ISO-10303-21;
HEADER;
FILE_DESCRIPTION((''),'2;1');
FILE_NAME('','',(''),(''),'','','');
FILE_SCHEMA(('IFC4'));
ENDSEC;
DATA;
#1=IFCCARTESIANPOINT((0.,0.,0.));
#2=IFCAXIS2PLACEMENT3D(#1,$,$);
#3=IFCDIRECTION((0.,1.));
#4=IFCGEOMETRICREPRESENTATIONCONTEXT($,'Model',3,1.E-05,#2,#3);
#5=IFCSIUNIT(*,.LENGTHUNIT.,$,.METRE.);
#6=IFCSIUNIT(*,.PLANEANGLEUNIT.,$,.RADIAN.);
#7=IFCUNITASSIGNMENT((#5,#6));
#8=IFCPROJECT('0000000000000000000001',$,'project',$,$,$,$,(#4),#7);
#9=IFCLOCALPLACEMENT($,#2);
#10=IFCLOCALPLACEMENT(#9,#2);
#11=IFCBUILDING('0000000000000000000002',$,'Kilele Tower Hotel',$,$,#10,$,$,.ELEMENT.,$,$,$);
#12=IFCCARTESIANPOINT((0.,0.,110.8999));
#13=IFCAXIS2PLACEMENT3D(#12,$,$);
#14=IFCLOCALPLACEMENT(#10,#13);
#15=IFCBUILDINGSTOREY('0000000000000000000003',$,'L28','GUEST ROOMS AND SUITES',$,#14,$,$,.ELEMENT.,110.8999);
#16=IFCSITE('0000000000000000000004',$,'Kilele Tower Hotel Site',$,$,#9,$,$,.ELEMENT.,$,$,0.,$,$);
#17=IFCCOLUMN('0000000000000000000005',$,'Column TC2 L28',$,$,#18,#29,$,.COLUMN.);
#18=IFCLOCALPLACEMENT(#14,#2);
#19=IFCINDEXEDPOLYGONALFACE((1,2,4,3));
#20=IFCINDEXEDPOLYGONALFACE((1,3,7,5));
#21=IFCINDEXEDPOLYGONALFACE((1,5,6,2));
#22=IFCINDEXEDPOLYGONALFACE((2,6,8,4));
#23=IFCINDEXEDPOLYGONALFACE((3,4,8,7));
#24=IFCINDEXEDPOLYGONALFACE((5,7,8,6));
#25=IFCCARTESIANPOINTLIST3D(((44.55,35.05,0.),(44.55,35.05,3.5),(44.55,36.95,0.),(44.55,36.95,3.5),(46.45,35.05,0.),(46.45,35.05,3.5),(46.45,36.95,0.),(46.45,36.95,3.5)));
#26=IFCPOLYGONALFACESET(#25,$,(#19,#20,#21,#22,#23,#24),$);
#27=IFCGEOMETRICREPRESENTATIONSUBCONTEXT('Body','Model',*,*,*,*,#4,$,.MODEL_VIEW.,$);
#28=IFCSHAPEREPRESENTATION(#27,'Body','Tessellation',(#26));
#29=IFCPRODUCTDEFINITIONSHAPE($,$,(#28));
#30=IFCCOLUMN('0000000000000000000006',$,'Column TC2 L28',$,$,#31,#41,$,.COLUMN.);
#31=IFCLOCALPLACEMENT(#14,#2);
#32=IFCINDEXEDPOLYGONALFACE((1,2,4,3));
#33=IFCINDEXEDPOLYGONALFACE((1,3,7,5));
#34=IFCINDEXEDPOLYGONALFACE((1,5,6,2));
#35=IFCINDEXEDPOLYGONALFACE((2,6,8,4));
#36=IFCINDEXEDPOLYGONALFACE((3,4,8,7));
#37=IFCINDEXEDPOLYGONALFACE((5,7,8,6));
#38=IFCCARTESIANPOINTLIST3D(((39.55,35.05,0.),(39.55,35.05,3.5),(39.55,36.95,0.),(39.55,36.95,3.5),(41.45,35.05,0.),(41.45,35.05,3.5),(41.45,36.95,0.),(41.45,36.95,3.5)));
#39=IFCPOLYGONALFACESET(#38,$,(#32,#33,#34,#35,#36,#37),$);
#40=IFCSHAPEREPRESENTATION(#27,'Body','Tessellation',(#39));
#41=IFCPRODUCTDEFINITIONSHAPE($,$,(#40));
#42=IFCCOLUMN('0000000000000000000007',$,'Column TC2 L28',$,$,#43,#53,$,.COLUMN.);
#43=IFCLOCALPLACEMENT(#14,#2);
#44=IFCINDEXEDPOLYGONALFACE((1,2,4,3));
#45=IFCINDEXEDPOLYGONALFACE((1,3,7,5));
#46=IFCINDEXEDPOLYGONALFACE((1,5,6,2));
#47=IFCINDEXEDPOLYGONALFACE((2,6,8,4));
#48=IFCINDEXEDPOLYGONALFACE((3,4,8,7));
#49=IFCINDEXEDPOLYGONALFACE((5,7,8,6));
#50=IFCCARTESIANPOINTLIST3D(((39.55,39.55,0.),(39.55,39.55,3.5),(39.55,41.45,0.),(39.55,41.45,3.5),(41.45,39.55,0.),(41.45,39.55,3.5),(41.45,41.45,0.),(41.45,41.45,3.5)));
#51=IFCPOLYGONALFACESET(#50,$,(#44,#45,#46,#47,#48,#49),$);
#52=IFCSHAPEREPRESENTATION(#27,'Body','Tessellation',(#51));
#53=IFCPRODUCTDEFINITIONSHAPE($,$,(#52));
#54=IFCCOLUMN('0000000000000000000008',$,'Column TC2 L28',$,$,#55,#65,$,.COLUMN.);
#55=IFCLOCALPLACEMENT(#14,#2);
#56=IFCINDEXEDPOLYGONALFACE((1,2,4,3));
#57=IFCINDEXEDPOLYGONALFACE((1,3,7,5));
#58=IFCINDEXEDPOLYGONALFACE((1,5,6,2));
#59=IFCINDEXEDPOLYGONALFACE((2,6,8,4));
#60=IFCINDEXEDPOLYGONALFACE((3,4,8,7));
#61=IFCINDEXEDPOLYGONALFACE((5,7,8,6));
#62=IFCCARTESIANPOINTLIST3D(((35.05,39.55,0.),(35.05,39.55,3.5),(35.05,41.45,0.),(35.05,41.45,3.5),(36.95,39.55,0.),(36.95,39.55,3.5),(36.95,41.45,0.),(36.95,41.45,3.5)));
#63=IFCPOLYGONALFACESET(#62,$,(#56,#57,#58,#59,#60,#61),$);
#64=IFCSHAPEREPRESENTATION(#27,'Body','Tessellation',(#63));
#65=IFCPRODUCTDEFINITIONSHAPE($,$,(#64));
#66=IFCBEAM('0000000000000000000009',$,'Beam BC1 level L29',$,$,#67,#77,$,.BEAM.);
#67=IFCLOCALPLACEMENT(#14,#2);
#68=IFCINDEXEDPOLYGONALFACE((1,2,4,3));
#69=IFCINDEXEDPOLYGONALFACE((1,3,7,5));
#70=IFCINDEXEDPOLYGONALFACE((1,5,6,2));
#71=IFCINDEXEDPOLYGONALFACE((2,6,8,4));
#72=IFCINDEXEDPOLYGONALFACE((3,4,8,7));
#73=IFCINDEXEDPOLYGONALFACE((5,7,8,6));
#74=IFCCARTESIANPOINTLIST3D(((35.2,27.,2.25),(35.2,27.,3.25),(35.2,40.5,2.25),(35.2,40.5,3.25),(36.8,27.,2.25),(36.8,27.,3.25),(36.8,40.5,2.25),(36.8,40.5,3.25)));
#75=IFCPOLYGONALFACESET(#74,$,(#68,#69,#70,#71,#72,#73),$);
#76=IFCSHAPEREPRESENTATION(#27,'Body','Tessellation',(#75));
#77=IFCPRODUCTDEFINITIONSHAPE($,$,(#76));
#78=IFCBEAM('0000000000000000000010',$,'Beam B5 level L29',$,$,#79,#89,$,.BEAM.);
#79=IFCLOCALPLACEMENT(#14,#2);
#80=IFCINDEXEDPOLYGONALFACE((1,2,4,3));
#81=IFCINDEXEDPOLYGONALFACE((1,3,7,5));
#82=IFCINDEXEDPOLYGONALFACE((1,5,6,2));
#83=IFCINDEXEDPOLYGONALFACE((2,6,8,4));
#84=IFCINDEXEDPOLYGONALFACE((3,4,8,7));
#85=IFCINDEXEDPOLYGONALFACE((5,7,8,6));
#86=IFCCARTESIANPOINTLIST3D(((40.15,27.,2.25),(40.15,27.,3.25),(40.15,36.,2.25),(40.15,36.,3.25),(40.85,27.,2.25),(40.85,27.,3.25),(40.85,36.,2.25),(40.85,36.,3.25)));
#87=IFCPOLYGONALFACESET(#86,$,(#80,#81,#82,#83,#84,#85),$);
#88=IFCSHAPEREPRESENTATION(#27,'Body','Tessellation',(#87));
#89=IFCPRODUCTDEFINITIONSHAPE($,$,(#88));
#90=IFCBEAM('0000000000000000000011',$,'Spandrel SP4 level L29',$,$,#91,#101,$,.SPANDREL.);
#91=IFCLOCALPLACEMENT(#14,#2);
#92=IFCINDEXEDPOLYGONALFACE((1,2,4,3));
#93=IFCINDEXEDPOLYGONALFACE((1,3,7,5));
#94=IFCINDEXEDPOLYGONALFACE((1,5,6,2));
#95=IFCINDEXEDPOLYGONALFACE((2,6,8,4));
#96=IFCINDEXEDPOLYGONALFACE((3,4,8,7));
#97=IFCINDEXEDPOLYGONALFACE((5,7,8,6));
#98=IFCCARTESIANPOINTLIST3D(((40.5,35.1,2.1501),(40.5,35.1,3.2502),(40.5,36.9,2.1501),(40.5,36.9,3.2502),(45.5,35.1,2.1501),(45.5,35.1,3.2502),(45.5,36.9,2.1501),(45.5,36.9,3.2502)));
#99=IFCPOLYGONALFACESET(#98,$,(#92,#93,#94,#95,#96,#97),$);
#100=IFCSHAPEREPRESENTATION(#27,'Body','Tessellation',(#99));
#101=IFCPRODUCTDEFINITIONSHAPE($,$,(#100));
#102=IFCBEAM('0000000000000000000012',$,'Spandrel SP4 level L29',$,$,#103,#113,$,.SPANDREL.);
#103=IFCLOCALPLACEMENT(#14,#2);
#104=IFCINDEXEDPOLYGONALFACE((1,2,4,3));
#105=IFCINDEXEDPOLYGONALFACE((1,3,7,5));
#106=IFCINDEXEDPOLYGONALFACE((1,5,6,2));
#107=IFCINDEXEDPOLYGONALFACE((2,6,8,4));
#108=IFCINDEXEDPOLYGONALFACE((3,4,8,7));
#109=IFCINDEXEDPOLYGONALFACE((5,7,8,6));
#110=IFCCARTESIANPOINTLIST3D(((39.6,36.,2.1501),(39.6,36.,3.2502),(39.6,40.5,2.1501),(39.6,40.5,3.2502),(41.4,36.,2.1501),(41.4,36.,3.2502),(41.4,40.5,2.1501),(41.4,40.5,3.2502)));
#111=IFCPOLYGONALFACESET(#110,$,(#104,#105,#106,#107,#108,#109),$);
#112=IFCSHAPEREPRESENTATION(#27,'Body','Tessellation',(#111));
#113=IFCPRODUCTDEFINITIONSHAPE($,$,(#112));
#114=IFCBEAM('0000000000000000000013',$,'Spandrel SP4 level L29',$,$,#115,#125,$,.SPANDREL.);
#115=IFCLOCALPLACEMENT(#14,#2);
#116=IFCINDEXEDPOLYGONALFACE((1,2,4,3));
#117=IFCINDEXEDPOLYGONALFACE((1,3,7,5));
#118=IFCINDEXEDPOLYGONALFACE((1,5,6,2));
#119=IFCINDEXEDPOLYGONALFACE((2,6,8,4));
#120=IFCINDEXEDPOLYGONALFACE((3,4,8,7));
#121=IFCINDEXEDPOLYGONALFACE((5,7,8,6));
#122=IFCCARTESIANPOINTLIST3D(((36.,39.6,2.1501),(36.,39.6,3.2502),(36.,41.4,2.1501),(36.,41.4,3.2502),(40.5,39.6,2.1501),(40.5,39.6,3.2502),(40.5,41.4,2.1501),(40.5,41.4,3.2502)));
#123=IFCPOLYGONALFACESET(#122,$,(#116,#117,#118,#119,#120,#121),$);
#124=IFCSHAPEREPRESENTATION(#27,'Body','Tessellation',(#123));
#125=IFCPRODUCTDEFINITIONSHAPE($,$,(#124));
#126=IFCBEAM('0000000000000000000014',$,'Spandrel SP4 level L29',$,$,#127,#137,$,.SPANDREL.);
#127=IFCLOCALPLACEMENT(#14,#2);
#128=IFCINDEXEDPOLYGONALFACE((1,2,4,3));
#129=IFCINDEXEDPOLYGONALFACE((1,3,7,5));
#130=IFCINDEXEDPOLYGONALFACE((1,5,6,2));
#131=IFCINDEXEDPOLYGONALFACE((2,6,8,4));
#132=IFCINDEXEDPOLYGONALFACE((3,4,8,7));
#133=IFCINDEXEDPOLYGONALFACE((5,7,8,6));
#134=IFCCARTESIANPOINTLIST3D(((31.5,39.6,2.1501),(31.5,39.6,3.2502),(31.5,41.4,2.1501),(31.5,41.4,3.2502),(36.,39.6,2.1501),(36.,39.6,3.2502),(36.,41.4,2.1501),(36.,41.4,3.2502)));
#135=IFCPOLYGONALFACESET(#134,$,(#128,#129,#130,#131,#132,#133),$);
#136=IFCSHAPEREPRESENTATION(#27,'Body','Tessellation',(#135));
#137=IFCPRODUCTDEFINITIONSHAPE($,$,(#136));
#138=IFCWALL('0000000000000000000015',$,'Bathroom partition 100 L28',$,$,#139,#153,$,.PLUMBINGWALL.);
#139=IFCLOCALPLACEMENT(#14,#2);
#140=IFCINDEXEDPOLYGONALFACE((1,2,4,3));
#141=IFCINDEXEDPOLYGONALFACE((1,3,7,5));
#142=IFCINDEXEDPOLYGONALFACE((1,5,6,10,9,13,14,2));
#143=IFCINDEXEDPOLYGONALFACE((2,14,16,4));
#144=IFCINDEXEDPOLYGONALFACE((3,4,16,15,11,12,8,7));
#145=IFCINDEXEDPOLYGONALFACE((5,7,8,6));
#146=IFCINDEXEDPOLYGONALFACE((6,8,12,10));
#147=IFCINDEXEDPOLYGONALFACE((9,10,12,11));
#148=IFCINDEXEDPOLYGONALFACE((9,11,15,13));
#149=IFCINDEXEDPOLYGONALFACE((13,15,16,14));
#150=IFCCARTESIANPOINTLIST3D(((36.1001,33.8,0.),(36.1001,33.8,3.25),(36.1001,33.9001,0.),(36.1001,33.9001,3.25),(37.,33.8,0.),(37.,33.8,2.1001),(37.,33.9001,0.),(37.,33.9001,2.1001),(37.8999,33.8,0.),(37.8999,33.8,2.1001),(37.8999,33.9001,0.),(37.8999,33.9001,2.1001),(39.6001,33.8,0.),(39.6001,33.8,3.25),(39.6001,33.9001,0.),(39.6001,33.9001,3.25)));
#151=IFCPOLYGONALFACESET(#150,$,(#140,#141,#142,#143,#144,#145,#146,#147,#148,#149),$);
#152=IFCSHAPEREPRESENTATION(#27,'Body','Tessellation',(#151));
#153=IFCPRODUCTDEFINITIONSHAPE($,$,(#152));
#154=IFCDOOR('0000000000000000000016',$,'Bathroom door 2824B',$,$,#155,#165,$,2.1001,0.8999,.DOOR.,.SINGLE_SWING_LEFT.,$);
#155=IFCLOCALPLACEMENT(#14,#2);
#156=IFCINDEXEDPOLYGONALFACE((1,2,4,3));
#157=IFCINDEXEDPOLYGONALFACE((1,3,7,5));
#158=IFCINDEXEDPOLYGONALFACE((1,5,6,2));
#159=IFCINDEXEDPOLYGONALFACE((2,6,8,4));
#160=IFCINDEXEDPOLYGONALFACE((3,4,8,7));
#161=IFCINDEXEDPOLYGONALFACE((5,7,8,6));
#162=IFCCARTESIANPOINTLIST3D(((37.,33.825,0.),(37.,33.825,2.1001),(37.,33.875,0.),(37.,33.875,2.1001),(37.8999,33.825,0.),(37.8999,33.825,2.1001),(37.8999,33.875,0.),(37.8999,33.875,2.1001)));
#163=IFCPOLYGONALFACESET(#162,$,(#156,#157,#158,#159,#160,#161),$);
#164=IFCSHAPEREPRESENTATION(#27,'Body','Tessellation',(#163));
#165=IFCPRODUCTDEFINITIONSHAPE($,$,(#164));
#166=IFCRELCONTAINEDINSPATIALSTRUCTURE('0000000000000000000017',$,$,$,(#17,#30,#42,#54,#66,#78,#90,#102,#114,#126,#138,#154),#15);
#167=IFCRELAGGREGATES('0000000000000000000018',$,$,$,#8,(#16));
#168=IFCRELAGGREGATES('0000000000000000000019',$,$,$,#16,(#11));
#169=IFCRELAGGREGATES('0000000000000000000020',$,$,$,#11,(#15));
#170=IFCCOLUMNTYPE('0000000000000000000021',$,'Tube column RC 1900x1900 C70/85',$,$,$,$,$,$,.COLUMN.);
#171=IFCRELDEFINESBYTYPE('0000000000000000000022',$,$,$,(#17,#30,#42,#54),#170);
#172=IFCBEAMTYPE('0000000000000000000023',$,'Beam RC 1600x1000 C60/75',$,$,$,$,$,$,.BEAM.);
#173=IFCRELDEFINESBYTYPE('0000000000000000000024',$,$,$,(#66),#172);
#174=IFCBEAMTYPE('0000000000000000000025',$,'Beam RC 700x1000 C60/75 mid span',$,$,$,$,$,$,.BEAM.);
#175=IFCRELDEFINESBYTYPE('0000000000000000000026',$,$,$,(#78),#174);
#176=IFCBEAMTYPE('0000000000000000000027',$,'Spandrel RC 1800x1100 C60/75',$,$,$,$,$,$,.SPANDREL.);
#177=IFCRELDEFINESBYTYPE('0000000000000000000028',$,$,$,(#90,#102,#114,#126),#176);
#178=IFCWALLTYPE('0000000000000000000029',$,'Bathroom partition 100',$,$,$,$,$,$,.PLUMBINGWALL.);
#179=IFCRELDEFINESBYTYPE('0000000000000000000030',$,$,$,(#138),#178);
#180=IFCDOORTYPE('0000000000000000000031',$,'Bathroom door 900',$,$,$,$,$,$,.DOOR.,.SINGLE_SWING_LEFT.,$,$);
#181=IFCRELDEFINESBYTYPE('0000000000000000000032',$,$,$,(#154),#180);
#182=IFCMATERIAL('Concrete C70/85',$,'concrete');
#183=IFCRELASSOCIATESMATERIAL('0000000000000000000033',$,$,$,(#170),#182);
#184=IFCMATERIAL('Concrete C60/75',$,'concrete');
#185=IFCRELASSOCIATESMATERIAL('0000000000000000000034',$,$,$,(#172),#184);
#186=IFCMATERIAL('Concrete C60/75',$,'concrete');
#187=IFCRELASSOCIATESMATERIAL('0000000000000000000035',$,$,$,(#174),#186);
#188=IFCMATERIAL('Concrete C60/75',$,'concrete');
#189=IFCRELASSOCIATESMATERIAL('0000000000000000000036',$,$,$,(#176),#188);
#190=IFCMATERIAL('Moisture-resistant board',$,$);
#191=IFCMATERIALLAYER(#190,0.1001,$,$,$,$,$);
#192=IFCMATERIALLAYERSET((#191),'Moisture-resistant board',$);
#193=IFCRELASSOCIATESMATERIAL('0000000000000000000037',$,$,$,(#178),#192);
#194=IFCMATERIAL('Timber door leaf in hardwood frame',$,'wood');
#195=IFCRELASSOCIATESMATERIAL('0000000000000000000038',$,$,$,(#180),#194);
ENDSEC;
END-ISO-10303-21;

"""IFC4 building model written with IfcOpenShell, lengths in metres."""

from ifc_helpers import new_model, si_unit, direction, frame, frame_2d, origin, origin_2d, place, context, subcontext, project, spatial, rectangle, extrude, material, layer, layer_set, material_profile, profile_set, type_object, element, fill, save


model = new_model("IFC4")

# Units and contexts
model_context = context("Model", 3, precision=1e-05, world=origin(), true_north=direction((0.0, 1.0)))
body_context = subcontext(model_context, "Body", "Model", "MODEL_VIEW")
ifc_project = project(units=[si_unit("LENGTHUNIT", "METRE"), si_unit("PLANEANGLEUNIT", "RADIAN")], contexts=[model_context])

# Site, building, storey
site_placement = place(None, origin())
site = spatial("IfcSite", under=ifc_project, at=site_placement, Name="Kilele Tower Hotel Site", CompositionType="ELEMENT", RefElevation=0.0)
building_placement = place(site_placement, origin())
building = spatial("IfcBuilding", under=site, at=building_placement, Name="Kilele Tower Hotel", CompositionType="ELEMENT")
storey_placement = place(building_placement, frame((0.0, 0.0, 110.8999)))
storey = spatial("IfcBuildingStorey", under=building, at=storey_placement, Name="L28", Description="GUEST ROOMS AND SUITES", CompositionType="ELEMENT", Elevation=110.8999)

# Columns
ifc_material_1 = material(Name="Concrete C70/85", Category="concrete")
ifc_material_profile_1 = material_profile(ifc_material_1, rectangle(XDim=1.8999, YDim=1.8999, at=origin_2d()))
ifc_profile_set_1 = profile_set([ifc_material_profile_1], Name="Concrete C70/85")
column_type = type_object("IfcColumnType", Name="Tube column RC 1900x1900 C70/85", PredefinedType="COLUMN", material=ifc_profile_set_1)
for number, where, z_axis, x_axis, name in (
    (1, (45.5, 36.0, 0.0), (0.0, 0.0, 1.0), (1.0, 0.0, 0.0), "Column TC2 L28"),
    (2, (40.5, 36.0, 0.0), (0.0, 0.0, 1.0), (1.0, 0.0, 0.0), "Column TC2 L28"),
    (3, (40.5, 40.5, 0.0), (0.0, 0.0, 1.0), (1.0, 0.0, 0.0), "Column TC2 L28"),
    (4, (36.0, 40.5, 0.0), (0.0, 0.0, 1.0), (1.0, 0.0, 0.0), "Column TC2 L28"),
):
    element("IfcColumn", number, at=place(storey_placement, frame(where, z_axis=z_axis, x_axis=x_axis)), inside=storey, type_object=column_type, Name=name, PredefinedType="COLUMN", context=body_context, shape_type="SweptSolid", body=[
        extrude(rectangle(XDim=1.8999, YDim=1.8999, at=origin_2d()), origin(), (0.0, 0.0, 1.0), 3.5),
    ])

# Beams
ifc_material_2 = material(Name="Concrete C60/75", Category="concrete")
ifc_material_profile_2 = material_profile(ifc_material_2, rectangle(XDim=1.6001, YDim=1.0, at=origin_2d()))
ifc_profile_set_2 = profile_set([ifc_material_profile_2], Name="Concrete C60/75")
beam_type_1 = type_object("IfcBeamType", Name="Beam RC 1600x1000 C60/75", PredefinedType="BEAM", material=ifc_profile_set_2)
beam_1_placement = place(storey_placement, frame((36.0, 40.5, 2.75), z_axis=(0.0, -1.0, 0.0), x_axis=(1.0, 0.0, 0.0)))
element("IfcBeam", 5, at=beam_1_placement, inside=storey, type_object=beam_type_1, Name="Beam BC1 level L29", PredefinedType="BEAM", context=body_context, shape_type="SweptSolid", body=[
    extrude(rectangle(XDim=1.6001, YDim=1.0, at=origin_2d()), origin(), (0.0, 0.0, 1.0), 13.5),
])
ifc_material_3 = material(Name="Concrete C60/75", Category="concrete")
ifc_material_profile_3 = material_profile(ifc_material_3, rectangle(XDim=0.7, YDim=1.0, at=origin_2d()))
ifc_profile_set_3 = profile_set([ifc_material_profile_3], Name="Concrete C60/75")
beam_type_2 = type_object("IfcBeamType", Name="Beam RC 700x1000 C60/75 mid span", PredefinedType="BEAM", material=ifc_profile_set_3)
beam_2_placement = place(storey_placement, frame((40.5, 36.0, 2.75), z_axis=(0.0, -1.0, 0.0), x_axis=(1.0, 0.0, 0.0)))
element("IfcBeam", 6, at=beam_2_placement, inside=storey, type_object=beam_type_2, Name="Beam B5 level L29", PredefinedType="BEAM", context=body_context, shape_type="SweptSolid", body=[
    extrude(rectangle(XDim=0.7, YDim=1.0, at=origin_2d()), origin(), (0.0, 0.0, 1.0), 9.0),
])
ifc_material_4 = material(Name="Concrete C60/75", Category="concrete")
ifc_material_profile_4 = material_profile(ifc_material_4, rectangle(XDim=1.8, YDim=1.1001, at=origin_2d()))
ifc_profile_set_4 = profile_set([ifc_material_profile_4], Name="Concrete C60/75")
beam_type_3 = type_object("IfcBeamType", Name="Spandrel RC 1800x1100 C60/75", PredefinedType="SPANDREL", material=ifc_profile_set_4)
beam_3_placement = place(storey_placement, frame((45.5, 36.0, 2.7002), z_axis=(-1.0, 0.0, 0.0), x_axis=(0.0, -1.0, 0.0)))
element("IfcBeam", 7, at=beam_3_placement, inside=storey, type_object=beam_type_3, Name="Spandrel SP4 level L29", PredefinedType="SPANDREL", context=body_context, shape_type="SweptSolid", body=[
    extrude(rectangle(XDim=1.8, YDim=1.1001, at=origin_2d()), origin(), (0.0, 0.0, 1.0), 5.0),
])
for number, where, z_axis, x_axis, name in (
    (8, (40.5, 36.0, 2.7002), (0.0, 1.0, 0.0), (-1.0, 0.0, 0.0), "Spandrel SP4 level L29"),
    (9, (40.5, 40.5, 2.7002), (-1.0, 0.0, 0.0), (0.0, -1.0, 0.0), "Spandrel SP4 level L29"),
    (10, (36.0, 40.5, 2.7002), (-1.0, 0.0, 0.0), (0.0, -1.0, 0.0), "Spandrel SP4 level L29"),
):
    element("IfcBeam", number, at=place(storey_placement, frame(where, z_axis=z_axis, x_axis=x_axis)), inside=storey, type_object=beam_type_3, Name=name, PredefinedType="SPANDREL", context=body_context, shape_type="SweptSolid", body=[
        extrude(rectangle(XDim=1.8, YDim=1.1001, at=origin_2d()), origin(), (0.0, 0.0, 1.0), 4.5),
    ])

# Wall, opening, door
ifc_material_5 = material(Name="Moisture-resistant board")
ifc_layer_1 = layer(ifc_material_5, 0.1001)
ifc_layer_set_1 = layer_set([ifc_layer_1], Name="Moisture-resistant board")
wall_type_1 = type_object("IfcWallType", Name="Bathroom partition 100", PredefinedType="PLUMBINGWALL", material=ifc_layer_set_1)
wall_1_placement = place(storey_placement, frame((36.1001, 33.8501, 0.0), z_axis=(0.0, 0.0, 1.0), x_axis=(1.0, 0.0, 0.0)))
wall_1 = element("IfcWall", 11, at=wall_1_placement, inside=storey, type_object=wall_type_1, Name="Bathroom partition 100 L28", PredefinedType="PLUMBINGWALL", context=body_context, shape_type="SweptSolid", body=[
    extrude(rectangle(XDim=3.5, YDim=0.1001, at=frame_2d((1.75, 0.0))), origin(), (0.0, 0.0, 1.0), 3.25),
])
opening_1_placement = place(wall_1_placement, frame((0.8999, 0.0, 0.0)))
opening_1 = element("IfcOpeningElement", 12, at=opening_1_placement, cuts=wall_1, PredefinedType="OPENING", context=body_context, shape_type="SweptSolid", body=[
    extrude(rectangle(XDim=0.8999, YDim=2.1001, at=frame_2d((0.45, 1.05))), frame((0.0, 0.0601, 0.0), z_axis=(0.0, -1.0, 0.0), x_axis=(1.0, 0.0, 0.0)), (0.0, 0.0, 1.0), 0.1201),
])
ifc_material_6 = material(Name="Timber door leaf in hardwood frame", Category="wood")
door_type_1 = type_object("IfcDoorType", Name="Bathroom door 900", OperationType="SINGLE_SWING_LEFT", PredefinedType="DOOR", material=ifc_material_6)
door_1_placement = place(opening_1_placement, origin())
door_1 = element("IfcDoor", 13, at=door_1_placement, inside=storey, type_object=door_type_1, Name="Bathroom door 2824B", OperationType="SINGLE_SWING_LEFT", OverallHeight=2.1001, OverallWidth=0.8999, PredefinedType="DOOR", context=body_context, shape_type="SweptSolid", body=[
    extrude(rectangle(XDim=0.8999, YDim=2.1001, at=frame_2d((0.45, 1.05))), frame((0.0, 0.0249, 0.0), z_axis=(0.0, -1.0, 0.0), x_axis=(1.0, 0.0, 0.0)), (0.0, 0.0, 1.0), 0.05),
])
fill(opening_1, door_1)

save(model, "model.ifc")
